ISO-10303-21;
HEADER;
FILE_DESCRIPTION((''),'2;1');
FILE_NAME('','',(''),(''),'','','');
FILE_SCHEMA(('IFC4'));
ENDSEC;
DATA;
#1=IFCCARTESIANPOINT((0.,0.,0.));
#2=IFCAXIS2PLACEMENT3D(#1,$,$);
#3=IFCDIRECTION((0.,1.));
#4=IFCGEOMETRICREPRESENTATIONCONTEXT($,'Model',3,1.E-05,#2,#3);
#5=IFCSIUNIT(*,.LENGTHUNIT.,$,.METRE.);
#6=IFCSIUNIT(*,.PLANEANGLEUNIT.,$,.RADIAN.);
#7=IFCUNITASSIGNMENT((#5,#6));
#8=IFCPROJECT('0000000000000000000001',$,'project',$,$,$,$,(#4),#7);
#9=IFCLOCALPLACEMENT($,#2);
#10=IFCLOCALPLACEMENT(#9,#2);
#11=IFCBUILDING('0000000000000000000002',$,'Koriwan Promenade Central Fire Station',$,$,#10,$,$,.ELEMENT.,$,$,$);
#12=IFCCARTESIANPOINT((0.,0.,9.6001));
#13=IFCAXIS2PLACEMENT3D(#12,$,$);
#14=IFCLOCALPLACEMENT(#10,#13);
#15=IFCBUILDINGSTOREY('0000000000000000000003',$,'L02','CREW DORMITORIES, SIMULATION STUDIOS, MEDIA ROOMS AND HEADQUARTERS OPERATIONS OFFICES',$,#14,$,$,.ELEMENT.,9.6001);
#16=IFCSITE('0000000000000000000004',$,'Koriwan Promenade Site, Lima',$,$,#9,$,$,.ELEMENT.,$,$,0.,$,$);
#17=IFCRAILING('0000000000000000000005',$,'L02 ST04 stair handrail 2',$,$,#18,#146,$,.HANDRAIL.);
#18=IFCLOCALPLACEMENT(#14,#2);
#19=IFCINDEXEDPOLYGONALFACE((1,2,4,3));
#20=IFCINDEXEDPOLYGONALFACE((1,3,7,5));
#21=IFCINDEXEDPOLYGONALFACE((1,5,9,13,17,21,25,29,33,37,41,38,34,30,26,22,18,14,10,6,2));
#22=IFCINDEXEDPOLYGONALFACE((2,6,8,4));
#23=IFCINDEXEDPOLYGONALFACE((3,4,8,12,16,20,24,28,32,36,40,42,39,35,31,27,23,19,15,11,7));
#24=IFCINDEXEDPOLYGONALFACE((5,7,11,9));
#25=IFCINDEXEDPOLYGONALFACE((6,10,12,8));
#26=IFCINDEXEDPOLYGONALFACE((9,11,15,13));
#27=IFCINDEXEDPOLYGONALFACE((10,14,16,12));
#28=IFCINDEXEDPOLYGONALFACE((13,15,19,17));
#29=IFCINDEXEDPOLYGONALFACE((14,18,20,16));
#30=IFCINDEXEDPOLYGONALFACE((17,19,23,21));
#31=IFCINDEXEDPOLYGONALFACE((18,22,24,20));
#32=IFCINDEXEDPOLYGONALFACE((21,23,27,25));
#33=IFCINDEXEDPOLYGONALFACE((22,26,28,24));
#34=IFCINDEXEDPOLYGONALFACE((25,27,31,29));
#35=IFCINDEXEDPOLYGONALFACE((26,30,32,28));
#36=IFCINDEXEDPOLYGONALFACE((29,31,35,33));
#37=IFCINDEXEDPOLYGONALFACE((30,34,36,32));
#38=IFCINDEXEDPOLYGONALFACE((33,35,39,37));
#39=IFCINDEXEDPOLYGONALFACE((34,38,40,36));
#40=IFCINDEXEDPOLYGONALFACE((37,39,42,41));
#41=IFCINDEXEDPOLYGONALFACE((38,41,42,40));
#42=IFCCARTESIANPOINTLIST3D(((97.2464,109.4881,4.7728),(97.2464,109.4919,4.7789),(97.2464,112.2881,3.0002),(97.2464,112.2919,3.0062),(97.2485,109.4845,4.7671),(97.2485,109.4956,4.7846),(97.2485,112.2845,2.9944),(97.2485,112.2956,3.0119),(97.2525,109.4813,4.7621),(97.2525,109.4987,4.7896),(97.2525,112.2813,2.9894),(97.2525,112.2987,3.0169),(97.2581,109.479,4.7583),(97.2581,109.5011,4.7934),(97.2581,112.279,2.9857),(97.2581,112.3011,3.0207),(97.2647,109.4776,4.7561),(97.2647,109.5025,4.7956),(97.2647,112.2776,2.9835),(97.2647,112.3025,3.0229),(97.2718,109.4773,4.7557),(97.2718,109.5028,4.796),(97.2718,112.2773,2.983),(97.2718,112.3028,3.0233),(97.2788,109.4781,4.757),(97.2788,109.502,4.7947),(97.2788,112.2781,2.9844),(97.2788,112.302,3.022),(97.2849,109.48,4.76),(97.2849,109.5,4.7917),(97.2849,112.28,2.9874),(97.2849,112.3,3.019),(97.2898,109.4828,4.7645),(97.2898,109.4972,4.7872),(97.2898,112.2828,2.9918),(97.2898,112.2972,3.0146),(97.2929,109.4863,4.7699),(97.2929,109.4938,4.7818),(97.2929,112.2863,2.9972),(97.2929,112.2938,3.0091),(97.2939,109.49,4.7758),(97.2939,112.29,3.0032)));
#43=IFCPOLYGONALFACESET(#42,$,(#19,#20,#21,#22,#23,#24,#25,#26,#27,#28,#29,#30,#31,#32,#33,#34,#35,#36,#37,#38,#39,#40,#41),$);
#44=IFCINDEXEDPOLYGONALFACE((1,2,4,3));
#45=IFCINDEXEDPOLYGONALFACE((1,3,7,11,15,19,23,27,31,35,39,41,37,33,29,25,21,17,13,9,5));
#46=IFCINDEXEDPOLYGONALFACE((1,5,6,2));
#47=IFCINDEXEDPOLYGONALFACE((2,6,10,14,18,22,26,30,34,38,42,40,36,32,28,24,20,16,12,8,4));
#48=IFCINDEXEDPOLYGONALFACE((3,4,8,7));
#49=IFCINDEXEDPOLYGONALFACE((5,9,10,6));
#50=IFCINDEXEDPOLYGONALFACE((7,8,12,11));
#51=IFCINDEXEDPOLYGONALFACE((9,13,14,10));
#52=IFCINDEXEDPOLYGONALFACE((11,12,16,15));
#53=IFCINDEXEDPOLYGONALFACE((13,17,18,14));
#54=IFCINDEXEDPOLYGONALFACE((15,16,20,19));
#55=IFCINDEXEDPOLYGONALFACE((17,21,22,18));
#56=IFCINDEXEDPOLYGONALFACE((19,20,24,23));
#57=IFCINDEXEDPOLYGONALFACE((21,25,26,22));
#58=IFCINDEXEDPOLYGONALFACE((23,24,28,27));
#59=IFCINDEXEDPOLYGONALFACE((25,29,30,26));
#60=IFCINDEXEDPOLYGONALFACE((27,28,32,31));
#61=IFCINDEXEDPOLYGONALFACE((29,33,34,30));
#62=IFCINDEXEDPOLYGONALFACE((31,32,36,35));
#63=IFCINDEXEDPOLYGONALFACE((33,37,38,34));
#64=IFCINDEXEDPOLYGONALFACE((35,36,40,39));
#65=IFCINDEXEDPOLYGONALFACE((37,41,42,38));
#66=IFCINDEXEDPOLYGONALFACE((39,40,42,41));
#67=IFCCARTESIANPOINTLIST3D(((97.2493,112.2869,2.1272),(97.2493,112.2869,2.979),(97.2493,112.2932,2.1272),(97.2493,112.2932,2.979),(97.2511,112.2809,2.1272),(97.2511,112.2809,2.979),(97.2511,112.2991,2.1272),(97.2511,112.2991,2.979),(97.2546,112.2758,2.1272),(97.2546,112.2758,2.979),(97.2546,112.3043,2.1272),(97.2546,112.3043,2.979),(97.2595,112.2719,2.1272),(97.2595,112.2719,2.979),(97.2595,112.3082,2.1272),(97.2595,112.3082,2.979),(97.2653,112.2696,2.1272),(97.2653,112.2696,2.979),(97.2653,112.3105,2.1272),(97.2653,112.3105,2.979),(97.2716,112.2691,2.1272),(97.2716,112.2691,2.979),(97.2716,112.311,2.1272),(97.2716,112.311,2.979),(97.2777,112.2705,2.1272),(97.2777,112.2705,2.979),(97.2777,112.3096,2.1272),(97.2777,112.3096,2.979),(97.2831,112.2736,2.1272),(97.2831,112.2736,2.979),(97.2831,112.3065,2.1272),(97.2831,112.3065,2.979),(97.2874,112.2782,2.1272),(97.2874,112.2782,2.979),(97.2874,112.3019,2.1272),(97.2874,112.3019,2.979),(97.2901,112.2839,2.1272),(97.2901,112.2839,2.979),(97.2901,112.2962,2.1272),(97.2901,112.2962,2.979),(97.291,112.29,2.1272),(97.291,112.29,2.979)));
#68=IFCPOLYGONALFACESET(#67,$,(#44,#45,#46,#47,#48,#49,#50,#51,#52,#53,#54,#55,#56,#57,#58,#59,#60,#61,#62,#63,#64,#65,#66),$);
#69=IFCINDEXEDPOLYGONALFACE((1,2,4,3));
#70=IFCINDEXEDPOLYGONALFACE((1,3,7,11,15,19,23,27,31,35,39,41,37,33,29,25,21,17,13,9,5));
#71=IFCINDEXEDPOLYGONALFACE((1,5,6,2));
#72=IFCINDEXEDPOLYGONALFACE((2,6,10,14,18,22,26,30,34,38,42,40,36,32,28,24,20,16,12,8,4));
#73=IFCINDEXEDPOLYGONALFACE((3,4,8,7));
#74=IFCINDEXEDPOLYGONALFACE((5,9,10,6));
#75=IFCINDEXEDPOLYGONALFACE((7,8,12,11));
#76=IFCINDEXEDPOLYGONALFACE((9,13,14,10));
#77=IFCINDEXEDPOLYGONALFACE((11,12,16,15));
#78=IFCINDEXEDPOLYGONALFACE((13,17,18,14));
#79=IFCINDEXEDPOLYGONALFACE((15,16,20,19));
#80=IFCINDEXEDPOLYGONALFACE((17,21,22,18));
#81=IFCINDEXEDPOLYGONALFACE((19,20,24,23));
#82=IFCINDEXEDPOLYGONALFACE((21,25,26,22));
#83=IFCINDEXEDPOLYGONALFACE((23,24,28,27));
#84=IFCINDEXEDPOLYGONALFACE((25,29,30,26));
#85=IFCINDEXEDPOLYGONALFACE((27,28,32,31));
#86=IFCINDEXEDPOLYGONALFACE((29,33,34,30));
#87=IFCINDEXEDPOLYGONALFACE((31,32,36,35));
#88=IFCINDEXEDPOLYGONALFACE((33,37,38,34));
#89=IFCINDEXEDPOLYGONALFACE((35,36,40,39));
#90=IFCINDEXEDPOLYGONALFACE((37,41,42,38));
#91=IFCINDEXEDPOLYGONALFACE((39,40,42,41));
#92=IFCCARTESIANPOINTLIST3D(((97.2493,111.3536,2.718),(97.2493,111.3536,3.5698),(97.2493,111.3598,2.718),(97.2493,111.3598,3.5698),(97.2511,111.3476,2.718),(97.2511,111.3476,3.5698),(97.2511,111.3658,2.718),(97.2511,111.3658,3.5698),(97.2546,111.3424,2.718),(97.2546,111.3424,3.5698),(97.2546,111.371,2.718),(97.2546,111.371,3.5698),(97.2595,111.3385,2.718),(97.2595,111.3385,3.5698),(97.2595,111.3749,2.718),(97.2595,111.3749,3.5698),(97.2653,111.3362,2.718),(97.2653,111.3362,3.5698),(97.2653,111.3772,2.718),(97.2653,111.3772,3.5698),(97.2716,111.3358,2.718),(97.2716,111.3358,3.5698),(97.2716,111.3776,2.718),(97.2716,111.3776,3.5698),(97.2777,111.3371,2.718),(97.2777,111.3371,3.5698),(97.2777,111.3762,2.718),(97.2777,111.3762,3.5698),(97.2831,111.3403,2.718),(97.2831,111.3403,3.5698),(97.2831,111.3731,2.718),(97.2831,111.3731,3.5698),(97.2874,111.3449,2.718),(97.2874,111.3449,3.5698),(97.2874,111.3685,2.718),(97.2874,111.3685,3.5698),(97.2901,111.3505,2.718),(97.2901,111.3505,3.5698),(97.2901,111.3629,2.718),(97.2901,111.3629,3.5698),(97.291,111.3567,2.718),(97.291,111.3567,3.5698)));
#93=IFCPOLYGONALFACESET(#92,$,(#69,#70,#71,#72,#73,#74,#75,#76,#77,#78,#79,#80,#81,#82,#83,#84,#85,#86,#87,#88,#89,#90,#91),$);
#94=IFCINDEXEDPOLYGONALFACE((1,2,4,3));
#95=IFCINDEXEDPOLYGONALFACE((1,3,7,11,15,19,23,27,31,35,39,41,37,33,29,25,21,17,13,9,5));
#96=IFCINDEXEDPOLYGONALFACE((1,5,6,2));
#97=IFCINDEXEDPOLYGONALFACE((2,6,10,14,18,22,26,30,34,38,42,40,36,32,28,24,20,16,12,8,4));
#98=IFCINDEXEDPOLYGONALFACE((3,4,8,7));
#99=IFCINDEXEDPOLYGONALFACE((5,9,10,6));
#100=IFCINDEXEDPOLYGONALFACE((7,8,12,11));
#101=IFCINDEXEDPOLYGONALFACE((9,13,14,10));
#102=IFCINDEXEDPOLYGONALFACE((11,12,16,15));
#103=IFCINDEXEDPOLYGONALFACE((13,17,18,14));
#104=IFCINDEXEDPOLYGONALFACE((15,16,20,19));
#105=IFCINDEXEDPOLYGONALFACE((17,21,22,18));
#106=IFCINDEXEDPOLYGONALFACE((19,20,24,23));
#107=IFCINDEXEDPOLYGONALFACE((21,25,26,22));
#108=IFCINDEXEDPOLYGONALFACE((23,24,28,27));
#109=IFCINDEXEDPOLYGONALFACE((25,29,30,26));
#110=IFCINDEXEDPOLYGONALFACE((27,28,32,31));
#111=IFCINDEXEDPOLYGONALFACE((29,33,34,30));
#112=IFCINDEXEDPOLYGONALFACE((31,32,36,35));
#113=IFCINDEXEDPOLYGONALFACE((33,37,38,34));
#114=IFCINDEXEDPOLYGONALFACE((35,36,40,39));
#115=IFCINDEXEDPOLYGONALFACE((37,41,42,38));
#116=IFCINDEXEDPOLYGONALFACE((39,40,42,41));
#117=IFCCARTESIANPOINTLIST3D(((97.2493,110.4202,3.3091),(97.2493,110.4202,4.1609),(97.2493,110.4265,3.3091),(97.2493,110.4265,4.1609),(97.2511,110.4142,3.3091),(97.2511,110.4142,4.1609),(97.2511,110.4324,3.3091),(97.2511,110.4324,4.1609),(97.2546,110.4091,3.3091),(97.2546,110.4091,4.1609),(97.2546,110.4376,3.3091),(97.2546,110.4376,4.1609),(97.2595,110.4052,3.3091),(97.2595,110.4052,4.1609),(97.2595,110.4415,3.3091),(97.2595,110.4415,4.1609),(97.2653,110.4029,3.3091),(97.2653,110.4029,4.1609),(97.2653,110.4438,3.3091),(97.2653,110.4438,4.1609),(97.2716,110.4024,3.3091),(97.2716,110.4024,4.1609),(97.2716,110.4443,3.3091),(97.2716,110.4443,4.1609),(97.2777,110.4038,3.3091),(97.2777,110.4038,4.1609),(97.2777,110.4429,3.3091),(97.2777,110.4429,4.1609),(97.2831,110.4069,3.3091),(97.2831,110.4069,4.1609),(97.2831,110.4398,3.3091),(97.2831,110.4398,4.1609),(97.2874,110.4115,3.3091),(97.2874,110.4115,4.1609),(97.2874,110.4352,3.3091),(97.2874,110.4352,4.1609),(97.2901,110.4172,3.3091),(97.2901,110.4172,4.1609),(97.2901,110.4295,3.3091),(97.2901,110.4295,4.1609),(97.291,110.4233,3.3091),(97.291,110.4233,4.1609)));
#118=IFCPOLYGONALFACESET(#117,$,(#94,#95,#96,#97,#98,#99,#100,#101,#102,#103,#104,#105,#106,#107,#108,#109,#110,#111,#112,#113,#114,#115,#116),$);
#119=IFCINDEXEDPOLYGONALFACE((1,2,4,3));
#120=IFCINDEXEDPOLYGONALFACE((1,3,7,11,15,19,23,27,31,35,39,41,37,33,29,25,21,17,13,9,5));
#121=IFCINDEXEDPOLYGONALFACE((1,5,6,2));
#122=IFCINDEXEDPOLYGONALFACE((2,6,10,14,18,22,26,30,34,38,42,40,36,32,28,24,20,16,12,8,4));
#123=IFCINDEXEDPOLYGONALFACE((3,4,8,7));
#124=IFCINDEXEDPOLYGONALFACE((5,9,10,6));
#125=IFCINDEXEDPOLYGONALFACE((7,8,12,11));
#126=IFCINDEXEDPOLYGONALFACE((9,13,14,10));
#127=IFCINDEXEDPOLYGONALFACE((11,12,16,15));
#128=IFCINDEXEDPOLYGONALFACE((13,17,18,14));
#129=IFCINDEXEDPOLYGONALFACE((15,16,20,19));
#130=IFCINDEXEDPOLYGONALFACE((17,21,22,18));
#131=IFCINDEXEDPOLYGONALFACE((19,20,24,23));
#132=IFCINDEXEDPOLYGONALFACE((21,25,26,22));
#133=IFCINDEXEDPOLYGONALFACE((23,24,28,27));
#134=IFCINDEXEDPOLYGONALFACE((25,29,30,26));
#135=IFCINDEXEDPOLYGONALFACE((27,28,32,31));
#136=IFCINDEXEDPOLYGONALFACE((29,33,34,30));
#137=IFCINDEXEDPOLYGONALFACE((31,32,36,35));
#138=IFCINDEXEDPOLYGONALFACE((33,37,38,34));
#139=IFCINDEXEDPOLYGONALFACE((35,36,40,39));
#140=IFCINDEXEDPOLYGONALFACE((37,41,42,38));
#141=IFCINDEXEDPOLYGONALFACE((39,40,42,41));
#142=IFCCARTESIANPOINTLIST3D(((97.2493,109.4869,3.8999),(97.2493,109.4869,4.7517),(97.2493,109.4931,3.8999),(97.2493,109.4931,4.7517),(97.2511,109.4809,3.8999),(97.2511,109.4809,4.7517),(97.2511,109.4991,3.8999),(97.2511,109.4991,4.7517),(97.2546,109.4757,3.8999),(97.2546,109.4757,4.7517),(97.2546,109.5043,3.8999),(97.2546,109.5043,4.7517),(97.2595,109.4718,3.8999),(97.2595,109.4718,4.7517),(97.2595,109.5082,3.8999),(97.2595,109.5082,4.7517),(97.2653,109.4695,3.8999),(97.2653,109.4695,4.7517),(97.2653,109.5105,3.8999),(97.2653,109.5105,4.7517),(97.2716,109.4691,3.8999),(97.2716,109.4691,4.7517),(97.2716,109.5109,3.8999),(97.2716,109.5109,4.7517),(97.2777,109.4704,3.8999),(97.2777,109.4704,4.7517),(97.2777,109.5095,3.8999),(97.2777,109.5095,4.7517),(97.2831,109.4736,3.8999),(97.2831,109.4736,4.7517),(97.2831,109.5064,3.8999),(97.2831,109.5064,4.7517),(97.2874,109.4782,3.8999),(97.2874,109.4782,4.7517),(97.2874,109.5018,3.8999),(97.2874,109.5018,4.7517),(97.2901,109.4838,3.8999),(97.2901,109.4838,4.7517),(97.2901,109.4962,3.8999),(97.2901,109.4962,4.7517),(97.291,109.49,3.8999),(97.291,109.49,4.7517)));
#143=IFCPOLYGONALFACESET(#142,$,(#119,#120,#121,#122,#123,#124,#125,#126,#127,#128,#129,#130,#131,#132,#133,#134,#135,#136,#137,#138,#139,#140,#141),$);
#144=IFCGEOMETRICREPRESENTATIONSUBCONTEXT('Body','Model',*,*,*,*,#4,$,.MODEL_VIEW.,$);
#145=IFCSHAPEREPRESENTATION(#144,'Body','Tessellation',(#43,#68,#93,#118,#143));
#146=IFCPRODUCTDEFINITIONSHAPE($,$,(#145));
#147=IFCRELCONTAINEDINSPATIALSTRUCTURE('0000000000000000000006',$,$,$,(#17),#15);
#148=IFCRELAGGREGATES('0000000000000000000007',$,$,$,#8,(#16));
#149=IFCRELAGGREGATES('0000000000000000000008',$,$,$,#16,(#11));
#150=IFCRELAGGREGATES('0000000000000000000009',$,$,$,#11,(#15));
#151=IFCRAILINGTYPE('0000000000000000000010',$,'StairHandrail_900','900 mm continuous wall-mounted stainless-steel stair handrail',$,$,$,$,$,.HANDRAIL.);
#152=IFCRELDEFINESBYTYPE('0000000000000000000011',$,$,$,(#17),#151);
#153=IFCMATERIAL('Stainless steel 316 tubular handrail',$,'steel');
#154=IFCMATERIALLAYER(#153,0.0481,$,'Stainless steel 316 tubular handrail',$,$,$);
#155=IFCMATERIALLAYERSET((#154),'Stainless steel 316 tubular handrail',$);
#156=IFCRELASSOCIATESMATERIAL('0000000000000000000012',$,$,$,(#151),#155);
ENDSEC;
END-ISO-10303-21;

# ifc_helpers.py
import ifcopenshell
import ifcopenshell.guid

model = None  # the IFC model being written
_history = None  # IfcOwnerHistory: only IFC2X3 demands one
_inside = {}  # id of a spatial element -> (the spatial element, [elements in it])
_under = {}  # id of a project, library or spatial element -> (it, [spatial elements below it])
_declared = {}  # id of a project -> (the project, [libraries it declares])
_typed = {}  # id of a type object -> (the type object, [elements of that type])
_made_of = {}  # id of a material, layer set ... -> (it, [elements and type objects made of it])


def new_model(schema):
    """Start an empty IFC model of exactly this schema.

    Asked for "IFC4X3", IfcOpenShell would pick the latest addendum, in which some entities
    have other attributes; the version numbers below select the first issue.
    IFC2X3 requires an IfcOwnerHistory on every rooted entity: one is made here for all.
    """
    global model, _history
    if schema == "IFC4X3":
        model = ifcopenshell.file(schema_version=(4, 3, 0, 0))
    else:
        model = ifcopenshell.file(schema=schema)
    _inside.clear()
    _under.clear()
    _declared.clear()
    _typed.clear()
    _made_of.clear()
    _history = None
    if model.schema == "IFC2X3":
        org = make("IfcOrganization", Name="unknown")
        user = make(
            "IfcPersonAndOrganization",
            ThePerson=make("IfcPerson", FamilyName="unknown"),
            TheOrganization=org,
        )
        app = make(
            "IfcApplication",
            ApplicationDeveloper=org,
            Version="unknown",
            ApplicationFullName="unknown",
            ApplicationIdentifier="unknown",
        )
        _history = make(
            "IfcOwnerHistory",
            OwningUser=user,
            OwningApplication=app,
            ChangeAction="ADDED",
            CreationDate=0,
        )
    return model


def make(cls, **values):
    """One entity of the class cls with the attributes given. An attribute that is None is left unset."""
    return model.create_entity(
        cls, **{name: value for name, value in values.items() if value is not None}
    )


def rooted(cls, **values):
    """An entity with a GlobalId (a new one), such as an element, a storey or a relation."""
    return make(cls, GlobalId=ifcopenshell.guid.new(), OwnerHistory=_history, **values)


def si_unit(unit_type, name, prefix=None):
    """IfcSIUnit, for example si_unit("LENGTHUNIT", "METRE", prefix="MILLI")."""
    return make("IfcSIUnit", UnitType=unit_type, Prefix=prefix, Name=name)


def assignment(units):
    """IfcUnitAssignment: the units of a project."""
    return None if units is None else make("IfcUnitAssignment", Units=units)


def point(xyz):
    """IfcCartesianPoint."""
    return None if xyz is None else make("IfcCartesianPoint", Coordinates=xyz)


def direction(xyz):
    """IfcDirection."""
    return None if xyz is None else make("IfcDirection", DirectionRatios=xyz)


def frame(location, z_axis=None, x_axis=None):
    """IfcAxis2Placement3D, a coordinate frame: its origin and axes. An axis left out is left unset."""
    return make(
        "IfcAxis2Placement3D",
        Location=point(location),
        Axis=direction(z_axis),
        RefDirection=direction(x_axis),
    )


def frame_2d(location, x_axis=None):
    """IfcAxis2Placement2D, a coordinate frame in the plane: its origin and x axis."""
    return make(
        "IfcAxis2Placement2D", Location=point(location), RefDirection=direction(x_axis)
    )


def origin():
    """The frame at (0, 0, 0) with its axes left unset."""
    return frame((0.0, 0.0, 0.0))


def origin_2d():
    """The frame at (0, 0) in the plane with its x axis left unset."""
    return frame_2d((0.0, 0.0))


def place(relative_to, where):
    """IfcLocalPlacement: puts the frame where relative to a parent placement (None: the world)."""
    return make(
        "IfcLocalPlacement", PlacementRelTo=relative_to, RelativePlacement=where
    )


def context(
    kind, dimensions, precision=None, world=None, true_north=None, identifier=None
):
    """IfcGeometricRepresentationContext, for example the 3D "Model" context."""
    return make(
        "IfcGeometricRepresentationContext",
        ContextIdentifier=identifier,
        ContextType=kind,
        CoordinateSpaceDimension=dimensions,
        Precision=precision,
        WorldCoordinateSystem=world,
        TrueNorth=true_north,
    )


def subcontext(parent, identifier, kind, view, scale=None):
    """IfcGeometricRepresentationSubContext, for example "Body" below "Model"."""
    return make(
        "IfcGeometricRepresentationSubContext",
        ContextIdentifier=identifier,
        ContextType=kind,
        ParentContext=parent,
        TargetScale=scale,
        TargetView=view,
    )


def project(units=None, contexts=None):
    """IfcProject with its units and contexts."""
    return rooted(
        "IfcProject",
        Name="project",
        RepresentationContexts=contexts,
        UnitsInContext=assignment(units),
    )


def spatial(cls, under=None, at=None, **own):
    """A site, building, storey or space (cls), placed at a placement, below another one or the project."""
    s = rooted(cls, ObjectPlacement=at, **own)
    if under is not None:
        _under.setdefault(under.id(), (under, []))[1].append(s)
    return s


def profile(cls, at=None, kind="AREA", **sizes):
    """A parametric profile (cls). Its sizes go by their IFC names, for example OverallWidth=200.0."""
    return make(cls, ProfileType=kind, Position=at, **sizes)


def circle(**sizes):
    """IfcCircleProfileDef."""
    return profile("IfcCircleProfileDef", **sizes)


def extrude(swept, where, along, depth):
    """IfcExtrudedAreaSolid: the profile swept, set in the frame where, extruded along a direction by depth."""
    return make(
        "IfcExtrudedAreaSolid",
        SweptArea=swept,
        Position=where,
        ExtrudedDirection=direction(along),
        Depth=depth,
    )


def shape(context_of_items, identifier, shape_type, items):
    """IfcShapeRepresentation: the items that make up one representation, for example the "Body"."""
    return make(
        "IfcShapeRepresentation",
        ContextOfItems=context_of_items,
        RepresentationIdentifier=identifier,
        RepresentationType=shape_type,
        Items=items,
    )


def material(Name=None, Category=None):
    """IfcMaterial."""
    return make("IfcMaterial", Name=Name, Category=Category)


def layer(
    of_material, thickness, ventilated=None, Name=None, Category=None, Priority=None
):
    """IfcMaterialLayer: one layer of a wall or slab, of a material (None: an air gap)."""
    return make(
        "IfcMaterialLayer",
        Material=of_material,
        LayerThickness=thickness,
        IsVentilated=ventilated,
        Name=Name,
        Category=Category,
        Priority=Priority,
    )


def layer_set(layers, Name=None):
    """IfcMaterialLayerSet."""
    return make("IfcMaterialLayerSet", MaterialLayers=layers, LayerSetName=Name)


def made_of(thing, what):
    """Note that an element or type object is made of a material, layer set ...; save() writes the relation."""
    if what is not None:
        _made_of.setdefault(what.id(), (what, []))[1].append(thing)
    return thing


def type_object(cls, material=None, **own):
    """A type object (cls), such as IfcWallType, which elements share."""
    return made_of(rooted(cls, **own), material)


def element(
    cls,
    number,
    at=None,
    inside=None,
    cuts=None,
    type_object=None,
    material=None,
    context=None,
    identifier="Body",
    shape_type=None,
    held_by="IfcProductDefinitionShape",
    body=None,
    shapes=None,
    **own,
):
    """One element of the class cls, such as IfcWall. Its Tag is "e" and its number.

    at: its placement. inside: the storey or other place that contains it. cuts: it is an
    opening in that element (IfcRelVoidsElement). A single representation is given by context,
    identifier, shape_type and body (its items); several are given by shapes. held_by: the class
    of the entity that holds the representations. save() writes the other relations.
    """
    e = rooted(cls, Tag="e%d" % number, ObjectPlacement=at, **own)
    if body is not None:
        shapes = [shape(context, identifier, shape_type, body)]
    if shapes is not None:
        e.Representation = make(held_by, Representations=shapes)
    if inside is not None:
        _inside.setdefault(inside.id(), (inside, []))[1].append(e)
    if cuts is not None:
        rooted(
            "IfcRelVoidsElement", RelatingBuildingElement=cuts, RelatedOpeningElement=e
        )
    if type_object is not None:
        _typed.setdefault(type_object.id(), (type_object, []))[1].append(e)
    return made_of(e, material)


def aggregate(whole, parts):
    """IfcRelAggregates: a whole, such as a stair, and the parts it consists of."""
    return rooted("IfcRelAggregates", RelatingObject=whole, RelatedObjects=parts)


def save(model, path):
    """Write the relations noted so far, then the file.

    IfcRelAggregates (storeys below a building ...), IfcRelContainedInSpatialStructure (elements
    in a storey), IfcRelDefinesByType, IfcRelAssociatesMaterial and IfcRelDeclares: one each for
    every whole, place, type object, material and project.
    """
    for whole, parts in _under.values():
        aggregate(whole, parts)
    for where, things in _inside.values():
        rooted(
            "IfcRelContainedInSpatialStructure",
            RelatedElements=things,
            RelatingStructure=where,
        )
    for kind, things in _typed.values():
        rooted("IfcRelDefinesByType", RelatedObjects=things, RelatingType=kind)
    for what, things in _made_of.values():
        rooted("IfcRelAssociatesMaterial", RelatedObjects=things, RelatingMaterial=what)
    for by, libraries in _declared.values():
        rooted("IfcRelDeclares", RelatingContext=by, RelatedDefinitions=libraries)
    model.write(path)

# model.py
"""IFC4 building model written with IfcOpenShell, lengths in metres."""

from ifc_helpers import new_model, si_unit, direction, frame, origin, origin_2d, place, context, subcontext, project, spatial, circle, extrude, material, layer, layer_set, type_object, element, save


model = new_model("IFC4")

# Units and contexts
model_context = context("Model", 3, precision=1e-05, world=origin(), true_north=direction((0.0, 1.0)))
body_context = subcontext(model_context, "Body", "Model", "MODEL_VIEW")
ifc_project = project(units=[si_unit("LENGTHUNIT", "METRE"), si_unit("PLANEANGLEUNIT", "RADIAN")], contexts=[model_context])

# Site, building, storey
site_placement = place(None, origin())
site = spatial("IfcSite", under=ifc_project, at=site_placement, Name="Koriwan Promenade Site, Lima", CompositionType="ELEMENT", RefElevation=0.0)
building_placement = place(site_placement, origin())
building = spatial("IfcBuilding", under=site, at=building_placement, Name="Koriwan Promenade Central Fire Station", CompositionType="ELEMENT")
storey_placement = place(building_placement, frame((0.0, 0.0, 9.6001)))
storey = spatial("IfcBuildingStorey", under=building, at=storey_placement, Name="L02", Description="CREW DORMITORIES, SIMULATION STUDIOS, MEDIA ROOMS AND HEADQUARTERS OPERATIONS OFFICES", CompositionType="ELEMENT", Elevation=9.6001)

# Railing
ifc_material_1 = material(Name="Stainless steel 316 tubular handrail", Category="steel")
ifc_layer_1 = layer(ifc_material_1, 0.0481, Name="Stainless steel 316 tubular handrail")
ifc_layer_set_1 = layer_set([ifc_layer_1], Name="Stainless steel 316 tubular handrail")
railing_type_1 = type_object("IfcRailingType", Name="StairHandrail_900", Description="900 mm continuous wall-mounted stainless-steel stair handrail", PredefinedType="HANDRAIL", material=ifc_layer_set_1)
railing_1_placement = place(storey_placement, frame((97.27, 112.29, 2.1272)))
element("IfcRailing", 1, at=railing_1_placement, inside=storey, type_object=railing_type_1, Name="L02 ST04 stair handrail 2", PredefinedType="HANDRAIL", context=body_context, shape_type="SweptSolid", body=[
    extrude(circle(Radius=0.0239, at=origin_2d()), frame((0.0, 0.0, 0.876), z_axis=(0.0, -0.844909, 0.53491), x_axis=(1.0, 0.0, 0.0)), (0.0, 0.0, 1.0), 3.314),
    extrude(circle(Radius=0.021, at=origin_2d()), origin(), (0.0, 0.0, 1.0), 0.8518),
    extrude(circle(Radius=0.021, at=origin_2d()), frame((0.0, -0.9333, 0.5908)), (0.0, 0.0, 1.0), 0.8518),
    extrude(circle(Radius=0.021, at=origin_2d()), frame((0.0, -1.8667, 1.1819)), (0.0, 0.0, 1.0), 0.8518),
    extrude(circle(Radius=0.021, at=origin_2d()), frame((0.0, -2.8, 1.7727)), (0.0, 0.0, 1.0), 0.8518),
])

save(model, "model.ifc")
